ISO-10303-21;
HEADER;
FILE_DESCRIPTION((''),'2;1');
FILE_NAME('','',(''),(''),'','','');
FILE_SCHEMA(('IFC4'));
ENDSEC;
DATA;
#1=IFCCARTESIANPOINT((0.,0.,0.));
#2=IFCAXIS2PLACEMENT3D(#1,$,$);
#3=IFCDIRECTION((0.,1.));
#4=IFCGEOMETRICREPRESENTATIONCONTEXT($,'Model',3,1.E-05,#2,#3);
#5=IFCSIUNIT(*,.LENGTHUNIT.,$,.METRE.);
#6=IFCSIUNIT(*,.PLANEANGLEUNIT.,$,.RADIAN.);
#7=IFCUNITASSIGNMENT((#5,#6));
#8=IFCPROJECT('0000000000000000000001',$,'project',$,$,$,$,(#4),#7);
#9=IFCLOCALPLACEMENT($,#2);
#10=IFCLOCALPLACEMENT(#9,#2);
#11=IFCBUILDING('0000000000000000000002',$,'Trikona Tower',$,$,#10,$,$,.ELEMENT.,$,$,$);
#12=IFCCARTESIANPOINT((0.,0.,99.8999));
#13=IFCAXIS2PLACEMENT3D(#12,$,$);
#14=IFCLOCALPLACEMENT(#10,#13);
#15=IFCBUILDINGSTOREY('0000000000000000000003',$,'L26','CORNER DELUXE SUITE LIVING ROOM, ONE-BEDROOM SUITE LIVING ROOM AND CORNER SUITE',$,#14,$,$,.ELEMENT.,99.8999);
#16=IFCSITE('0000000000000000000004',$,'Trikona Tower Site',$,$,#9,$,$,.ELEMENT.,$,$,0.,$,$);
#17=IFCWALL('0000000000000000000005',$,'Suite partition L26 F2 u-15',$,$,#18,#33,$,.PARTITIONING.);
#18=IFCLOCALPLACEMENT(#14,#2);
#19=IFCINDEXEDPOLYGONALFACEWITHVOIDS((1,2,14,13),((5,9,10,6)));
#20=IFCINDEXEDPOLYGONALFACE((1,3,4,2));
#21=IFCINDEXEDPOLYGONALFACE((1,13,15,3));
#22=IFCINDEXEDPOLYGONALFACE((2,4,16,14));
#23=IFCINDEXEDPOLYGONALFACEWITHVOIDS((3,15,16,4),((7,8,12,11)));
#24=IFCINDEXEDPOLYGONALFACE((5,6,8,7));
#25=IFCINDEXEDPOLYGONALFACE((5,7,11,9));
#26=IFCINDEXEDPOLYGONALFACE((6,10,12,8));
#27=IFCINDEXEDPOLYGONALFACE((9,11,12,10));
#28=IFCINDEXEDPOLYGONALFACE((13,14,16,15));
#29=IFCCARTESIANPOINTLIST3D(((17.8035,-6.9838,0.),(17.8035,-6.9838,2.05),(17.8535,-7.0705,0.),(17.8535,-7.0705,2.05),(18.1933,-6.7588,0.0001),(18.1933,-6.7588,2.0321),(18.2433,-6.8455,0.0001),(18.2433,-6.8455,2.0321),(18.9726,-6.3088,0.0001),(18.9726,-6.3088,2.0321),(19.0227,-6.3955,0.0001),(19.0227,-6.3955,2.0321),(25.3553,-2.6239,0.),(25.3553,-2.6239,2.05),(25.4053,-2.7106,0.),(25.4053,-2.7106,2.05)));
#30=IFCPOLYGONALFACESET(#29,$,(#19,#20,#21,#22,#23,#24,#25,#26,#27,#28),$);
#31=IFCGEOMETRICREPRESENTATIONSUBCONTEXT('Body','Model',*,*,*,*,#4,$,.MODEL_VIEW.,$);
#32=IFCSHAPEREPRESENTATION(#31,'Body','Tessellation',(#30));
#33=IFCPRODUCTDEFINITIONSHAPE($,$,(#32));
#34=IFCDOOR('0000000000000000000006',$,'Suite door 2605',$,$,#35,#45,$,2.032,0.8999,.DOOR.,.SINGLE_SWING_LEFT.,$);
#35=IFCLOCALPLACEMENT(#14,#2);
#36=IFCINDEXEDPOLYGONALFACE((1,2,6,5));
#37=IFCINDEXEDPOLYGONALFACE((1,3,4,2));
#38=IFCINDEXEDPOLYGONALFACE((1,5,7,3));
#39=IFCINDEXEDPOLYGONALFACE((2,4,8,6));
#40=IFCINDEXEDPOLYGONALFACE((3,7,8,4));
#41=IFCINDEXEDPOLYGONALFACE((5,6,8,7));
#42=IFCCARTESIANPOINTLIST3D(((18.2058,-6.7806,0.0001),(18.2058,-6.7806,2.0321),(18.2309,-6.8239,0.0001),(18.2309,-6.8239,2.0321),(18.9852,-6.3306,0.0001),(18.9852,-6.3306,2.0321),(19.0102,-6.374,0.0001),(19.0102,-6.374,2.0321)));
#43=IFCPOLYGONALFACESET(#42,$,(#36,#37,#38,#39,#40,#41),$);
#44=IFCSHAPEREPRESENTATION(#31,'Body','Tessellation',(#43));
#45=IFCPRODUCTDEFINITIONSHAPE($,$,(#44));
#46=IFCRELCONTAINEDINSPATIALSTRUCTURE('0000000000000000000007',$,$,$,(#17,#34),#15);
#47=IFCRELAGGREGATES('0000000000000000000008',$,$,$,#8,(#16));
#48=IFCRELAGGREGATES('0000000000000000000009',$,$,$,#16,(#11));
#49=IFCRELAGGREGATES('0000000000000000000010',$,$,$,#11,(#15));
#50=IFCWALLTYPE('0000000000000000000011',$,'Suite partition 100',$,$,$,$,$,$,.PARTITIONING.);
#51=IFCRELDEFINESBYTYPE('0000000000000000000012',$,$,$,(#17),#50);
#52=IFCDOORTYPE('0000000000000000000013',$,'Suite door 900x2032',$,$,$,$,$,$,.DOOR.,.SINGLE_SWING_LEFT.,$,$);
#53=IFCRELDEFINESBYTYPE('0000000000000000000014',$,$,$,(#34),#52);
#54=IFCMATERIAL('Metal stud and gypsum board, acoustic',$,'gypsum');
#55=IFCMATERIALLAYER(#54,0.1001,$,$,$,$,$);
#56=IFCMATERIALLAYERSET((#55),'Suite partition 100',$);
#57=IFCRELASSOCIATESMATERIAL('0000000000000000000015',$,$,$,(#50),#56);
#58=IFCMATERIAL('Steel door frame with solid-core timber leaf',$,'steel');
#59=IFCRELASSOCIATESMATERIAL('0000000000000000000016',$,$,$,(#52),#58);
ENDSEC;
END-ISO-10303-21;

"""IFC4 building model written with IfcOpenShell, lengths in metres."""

from ifc_helpers import new_model, si_unit, direction, frame, frame_2d, origin, place, context, subcontext, project, spatial, rectangle, extrude, material, layer, layer_set, type_object, element, fill, save


model = new_model("IFC4")

# Units and contexts
model_context = context("Model", 3, precision=1e-05, world=origin(), true_north=direction((0.0, 1.0)))
body_context = subcontext(model_context, "Body", "Model", "MODEL_VIEW")
ifc_project = project(units=[si_unit("LENGTHUNIT", "METRE"), si_unit("PLANEANGLEUNIT", "RADIAN")], contexts=[model_context])

# Site, building, storey
site_placement = place(None, origin())
site = spatial("IfcSite", under=ifc_project, at=site_placement, Name="Trikona Tower Site", CompositionType="ELEMENT", RefElevation=0.0)
building_placement = place(site_placement, origin())
building = spatial("IfcBuilding", under=site, at=building_placement, Name="Trikona Tower", CompositionType="ELEMENT")
storey_placement = place(building_placement, frame((0.0, 0.0, 99.8999)))
storey = spatial("IfcBuildingStorey", under=building, at=storey_placement, Name="L26", Description="CORNER DELUXE SUITE LIVING ROOM, ONE-BEDROOM SUITE LIVING ROOM AND CORNER SUITE", CompositionType="ELEMENT", Elevation=99.8999)

# Wall, opening, door
ifc_material_1 = material(Name="Metal stud and gypsum board, acoustic", Category="gypsum")
ifc_layer_1 = layer(ifc_material_1, 0.1001)
ifc_layer_set_1 = layer_set([ifc_layer_1], Name="Suite partition 100")
wall_type_1 = type_object("IfcWallType", Name="Suite partition 100", PredefinedType="PARTITIONING", material=ifc_layer_set_1)
wall_1_placement = place(storey_placement, frame((17.8286, -7.0271, 0.0), z_axis=(0.0, 0.0, 1.0), x_axis=(0.866033, 0.499987, 0.0)))
wall_1 = element("IfcWall", 1, at=wall_1_placement, inside=storey, type_object=wall_type_1, Name="Suite partition L26 F2 u-15", PredefinedType="PARTITIONING", context=body_context, shape_type="SweptSolid", body=[
    extrude(rectangle(XDim=8.72, YDim=0.1001, at=frame_2d((4.3599, 0.0))), origin(), (0.0, 0.0, 1.0), 2.05),
])
opening_1_placement = place(wall_1_placement, frame((0.45, 0.0, 0.0)))
opening_1 = element("IfcOpeningElement", 2, at=opening_1_placement, cuts=wall_1, PredefinedType="OPENING", context=body_context, shape_type="SweptSolid", body=[
    extrude(rectangle(XDim=0.8999, YDim=2.032, at=frame_2d((0.45, 1.0161))), frame((0.0, 0.0601, 0.0), z_axis=(0.0, -1.0, 0.0), x_axis=(1.0, 0.0, 0.0)), (0.0, 0.0, 1.0), 0.1201),
])
ifc_material_2 = material(Name="Steel door frame with solid-core timber leaf", Category="steel")
door_type_1 = type_object("IfcDoorType", Name="Suite door 900x2032", OperationType="SINGLE_SWING_LEFT", PredefinedType="DOOR", material=ifc_material_2)
door_1_placement = place(opening_1_placement, origin())
door_1 = element("IfcDoor", 3, at=door_1_placement, inside=storey, type_object=door_type_1, Name="Suite door 2605", OperationType="SINGLE_SWING_LEFT", OverallHeight=2.032, OverallWidth=0.8999, PredefinedType="DOOR", context=body_context, shape_type="SweptSolid", body=[
    extrude(rectangle(XDim=0.8999, YDim=2.032, at=frame_2d((0.45, 1.0161))), frame((0.0, 0.0249, 0.0), z_axis=(0.0, -1.0, 0.0), x_axis=(1.0, 0.0, 0.0)), (0.0, 0.0, 1.0), 0.05),
])
fill(opening_1, door_1)

save(model, "model.ifc")
